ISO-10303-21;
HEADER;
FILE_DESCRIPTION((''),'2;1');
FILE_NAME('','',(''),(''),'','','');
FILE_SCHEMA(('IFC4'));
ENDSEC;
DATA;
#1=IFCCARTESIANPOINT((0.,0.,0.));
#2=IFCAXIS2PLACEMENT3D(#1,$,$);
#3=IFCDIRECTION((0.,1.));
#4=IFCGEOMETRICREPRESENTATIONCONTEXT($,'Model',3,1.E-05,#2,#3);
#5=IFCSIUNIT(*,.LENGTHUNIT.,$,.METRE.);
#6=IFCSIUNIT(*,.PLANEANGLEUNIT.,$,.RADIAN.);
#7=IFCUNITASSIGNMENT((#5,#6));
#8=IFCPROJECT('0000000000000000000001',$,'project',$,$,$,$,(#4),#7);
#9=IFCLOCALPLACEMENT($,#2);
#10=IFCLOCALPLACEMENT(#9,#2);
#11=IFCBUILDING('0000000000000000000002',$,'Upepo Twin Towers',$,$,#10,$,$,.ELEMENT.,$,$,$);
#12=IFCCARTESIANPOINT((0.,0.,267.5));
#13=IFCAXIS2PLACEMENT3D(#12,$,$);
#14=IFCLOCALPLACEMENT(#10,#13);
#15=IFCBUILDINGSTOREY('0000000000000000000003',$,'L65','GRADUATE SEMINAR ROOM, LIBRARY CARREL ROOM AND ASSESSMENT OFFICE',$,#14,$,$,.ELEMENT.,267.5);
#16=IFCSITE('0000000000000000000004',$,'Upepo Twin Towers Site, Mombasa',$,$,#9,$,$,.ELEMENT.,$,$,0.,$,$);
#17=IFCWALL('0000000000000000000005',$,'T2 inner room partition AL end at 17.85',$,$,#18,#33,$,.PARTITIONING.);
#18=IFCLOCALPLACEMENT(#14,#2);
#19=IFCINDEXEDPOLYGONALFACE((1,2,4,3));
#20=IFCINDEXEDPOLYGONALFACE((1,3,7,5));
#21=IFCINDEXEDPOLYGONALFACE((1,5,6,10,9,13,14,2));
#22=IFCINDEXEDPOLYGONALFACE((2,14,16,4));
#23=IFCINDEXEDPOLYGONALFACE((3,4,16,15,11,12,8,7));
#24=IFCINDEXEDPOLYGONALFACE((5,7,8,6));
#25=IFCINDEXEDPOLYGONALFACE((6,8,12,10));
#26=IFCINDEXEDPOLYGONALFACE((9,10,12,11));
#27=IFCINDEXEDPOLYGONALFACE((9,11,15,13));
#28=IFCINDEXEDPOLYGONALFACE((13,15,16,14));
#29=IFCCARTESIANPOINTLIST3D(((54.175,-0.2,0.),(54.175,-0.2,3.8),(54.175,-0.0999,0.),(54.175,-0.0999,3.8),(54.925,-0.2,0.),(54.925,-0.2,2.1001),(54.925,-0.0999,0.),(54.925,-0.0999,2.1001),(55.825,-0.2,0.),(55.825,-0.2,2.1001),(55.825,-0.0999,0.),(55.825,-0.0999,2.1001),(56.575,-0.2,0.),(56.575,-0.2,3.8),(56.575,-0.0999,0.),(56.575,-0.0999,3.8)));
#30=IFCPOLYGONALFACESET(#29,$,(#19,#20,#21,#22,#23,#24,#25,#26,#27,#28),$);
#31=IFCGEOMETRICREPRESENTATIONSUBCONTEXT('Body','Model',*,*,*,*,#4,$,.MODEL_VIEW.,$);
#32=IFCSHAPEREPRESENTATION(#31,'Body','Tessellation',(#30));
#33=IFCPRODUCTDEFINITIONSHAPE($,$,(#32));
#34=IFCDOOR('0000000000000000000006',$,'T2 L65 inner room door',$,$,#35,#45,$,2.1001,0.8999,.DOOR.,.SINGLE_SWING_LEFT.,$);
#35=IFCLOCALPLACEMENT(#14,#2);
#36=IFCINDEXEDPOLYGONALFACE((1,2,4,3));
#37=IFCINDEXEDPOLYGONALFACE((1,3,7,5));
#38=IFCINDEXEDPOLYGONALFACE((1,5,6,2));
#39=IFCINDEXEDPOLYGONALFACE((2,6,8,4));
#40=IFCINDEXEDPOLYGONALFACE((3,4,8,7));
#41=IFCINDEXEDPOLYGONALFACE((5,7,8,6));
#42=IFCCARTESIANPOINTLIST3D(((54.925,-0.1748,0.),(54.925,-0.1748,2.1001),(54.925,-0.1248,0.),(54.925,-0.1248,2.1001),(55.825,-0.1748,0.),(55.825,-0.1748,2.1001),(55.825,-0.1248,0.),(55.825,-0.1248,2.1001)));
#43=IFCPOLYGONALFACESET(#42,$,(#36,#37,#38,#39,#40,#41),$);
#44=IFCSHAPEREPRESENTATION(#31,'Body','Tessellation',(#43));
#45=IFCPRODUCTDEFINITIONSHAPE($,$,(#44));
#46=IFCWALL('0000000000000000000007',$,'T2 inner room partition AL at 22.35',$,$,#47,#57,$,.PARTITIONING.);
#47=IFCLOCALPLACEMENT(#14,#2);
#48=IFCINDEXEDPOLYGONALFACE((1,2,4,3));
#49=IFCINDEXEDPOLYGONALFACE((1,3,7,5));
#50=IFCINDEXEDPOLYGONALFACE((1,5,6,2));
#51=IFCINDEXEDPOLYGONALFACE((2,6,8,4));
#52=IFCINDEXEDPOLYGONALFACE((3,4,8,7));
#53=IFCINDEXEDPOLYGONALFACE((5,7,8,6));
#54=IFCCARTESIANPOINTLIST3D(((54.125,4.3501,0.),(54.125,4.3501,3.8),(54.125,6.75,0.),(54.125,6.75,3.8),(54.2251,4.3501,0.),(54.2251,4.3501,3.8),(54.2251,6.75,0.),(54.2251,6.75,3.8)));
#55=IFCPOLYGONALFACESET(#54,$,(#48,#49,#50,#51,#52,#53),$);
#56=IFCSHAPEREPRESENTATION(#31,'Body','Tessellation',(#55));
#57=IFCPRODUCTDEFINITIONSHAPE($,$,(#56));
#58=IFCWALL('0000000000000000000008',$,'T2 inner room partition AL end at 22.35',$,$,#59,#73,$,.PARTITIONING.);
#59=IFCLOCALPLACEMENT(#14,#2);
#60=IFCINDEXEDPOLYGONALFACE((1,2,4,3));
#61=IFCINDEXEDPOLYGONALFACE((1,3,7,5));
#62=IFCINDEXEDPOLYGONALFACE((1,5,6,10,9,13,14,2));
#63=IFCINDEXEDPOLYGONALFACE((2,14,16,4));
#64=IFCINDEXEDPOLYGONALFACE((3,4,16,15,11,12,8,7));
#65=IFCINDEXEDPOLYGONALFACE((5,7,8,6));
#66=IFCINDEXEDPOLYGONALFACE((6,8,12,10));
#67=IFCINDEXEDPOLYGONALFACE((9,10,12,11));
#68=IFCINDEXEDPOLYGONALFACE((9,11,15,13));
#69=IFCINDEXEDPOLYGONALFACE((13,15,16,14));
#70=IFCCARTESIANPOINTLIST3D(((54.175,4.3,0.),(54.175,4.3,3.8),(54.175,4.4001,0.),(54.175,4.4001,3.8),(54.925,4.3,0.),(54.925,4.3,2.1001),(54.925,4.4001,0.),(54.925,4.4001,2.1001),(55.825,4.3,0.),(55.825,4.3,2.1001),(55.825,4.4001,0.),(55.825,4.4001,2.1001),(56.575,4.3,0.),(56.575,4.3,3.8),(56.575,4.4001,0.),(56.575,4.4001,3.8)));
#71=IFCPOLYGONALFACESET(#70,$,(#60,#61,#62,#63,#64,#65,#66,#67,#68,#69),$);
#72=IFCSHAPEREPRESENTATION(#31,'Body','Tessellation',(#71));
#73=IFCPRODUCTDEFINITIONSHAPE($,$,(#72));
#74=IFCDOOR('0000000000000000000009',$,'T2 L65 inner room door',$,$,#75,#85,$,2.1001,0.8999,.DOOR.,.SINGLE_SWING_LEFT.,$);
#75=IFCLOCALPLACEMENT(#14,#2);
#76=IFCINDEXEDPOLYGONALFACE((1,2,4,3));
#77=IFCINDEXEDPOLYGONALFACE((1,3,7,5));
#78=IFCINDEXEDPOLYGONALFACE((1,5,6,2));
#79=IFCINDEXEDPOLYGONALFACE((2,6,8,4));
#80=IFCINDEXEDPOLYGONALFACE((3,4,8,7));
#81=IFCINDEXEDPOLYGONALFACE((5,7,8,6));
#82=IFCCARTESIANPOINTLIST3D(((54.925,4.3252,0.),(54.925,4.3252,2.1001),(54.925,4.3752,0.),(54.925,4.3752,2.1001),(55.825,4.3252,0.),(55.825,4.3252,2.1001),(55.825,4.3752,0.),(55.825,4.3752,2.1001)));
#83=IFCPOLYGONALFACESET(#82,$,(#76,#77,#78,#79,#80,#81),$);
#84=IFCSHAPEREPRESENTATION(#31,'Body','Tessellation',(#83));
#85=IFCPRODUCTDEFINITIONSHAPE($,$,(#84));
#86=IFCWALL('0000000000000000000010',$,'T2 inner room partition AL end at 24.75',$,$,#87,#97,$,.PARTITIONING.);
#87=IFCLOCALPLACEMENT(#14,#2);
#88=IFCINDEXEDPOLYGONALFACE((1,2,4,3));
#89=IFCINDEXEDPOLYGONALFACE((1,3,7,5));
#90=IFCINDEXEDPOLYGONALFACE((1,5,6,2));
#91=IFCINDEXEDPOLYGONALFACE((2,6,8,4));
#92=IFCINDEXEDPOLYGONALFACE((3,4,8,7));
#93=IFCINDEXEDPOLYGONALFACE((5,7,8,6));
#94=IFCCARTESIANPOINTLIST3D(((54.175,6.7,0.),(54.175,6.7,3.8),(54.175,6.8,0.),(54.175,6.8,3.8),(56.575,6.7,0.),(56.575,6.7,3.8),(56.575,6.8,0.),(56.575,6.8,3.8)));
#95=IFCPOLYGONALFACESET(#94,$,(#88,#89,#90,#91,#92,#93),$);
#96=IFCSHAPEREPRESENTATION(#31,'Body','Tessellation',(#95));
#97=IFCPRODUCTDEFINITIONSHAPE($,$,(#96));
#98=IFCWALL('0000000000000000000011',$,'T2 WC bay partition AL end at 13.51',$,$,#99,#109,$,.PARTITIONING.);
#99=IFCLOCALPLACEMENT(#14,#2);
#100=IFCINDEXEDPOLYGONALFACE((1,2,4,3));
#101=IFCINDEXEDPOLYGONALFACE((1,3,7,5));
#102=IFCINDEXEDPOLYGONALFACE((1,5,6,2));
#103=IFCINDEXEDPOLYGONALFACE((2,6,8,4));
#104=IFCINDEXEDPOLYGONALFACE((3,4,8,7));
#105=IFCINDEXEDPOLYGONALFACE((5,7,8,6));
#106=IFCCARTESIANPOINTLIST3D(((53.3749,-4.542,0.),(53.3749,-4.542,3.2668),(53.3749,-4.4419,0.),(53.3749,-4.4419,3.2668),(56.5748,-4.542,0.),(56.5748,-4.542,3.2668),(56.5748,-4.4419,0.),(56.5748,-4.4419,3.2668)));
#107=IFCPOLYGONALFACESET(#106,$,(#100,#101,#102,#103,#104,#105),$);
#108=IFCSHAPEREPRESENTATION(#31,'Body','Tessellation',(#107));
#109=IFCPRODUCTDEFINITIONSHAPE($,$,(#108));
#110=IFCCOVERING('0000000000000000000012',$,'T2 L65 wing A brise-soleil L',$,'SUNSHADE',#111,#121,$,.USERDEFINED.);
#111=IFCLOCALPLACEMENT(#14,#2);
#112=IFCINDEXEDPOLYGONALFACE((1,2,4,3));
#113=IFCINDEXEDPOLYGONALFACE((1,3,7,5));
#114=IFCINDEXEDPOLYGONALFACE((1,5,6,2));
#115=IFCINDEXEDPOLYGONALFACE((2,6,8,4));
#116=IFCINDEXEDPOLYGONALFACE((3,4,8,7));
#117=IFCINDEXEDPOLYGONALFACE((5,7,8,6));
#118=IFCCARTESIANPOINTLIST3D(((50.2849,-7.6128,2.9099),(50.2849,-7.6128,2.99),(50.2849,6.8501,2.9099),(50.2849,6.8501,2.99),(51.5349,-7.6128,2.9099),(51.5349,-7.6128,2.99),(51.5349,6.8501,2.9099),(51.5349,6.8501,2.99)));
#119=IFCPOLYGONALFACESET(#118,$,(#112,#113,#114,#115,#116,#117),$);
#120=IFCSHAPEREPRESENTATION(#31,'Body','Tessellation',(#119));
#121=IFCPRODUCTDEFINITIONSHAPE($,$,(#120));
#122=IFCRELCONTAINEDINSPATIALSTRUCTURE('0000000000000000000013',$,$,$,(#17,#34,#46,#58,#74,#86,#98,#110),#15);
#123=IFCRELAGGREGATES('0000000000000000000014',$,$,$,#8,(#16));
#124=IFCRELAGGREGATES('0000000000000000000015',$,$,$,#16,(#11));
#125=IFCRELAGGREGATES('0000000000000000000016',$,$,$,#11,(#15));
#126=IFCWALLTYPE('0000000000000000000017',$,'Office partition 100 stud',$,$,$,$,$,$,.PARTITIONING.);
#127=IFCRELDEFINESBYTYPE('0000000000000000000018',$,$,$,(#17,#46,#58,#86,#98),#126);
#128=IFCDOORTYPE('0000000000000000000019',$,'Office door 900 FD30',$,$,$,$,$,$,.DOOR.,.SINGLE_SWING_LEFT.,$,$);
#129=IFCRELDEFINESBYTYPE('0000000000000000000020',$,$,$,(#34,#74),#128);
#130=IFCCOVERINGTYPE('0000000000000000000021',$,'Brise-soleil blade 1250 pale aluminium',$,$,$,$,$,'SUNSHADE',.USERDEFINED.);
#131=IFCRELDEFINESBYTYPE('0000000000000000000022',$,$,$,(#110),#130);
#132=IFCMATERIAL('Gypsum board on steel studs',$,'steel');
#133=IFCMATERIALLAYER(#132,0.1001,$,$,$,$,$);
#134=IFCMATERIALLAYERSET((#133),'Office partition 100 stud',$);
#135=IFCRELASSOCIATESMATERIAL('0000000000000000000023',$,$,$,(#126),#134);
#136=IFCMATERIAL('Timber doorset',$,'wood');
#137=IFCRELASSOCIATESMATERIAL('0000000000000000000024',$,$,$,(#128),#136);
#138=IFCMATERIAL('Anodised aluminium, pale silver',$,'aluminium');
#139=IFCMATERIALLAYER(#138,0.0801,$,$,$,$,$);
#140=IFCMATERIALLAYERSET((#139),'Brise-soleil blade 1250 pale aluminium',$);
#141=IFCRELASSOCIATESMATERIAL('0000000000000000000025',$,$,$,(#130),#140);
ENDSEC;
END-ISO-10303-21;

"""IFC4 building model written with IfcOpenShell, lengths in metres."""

from ifc_helpers import new_model, si_unit, direction, frame, frame_2d, origin, origin_2d, place, context, subcontext, project, spatial, rectangle, extrude, material, layer, layer_set, type_object, element, fill, save


model = new_model("IFC4")

# Units and contexts
model_context = context("Model", 3, precision=1e-05, world=origin(), true_north=direction((0.0, 1.0)))
body_context = subcontext(model_context, "Body", "Model", "MODEL_VIEW")
ifc_project = project(units=[si_unit("LENGTHUNIT", "METRE"), si_unit("PLANEANGLEUNIT", "RADIAN")], contexts=[model_context])

# Site, building, storey
site_placement = place(None, origin())
site = spatial("IfcSite", under=ifc_project, at=site_placement, Name="Upepo Twin Towers Site, Mombasa", CompositionType="ELEMENT", RefElevation=0.0)
building_placement = place(site_placement, origin())
building = spatial("IfcBuilding", under=site, at=building_placement, Name="Upepo Twin Towers", CompositionType="ELEMENT")
storey_placement = place(building_placement, frame((0.0, 0.0, 267.5)))
storey = spatial("IfcBuildingStorey", under=building, at=storey_placement, Name="L65", Description="GRADUATE SEMINAR ROOM, LIBRARY CARREL ROOM AND ASSESSMENT OFFICE", CompositionType="ELEMENT", Elevation=267.5)

# Shared definitions
ifc_material_1 = material(Name="Gypsum board on steel studs", Category="steel")
ifc_layer_1 = layer(ifc_material_1, 0.1001)
ifc_layer_set_1 = layer_set([ifc_layer_1], Name="Office partition 100 stud")
wall_type_1 = type_object("IfcWallType", Name="Office partition 100 stud", PredefinedType="PARTITIONING", material=ifc_layer_set_1)

# Wall, opening, door
wall_1_placement = place(storey_placement, frame((56.575, -0.1499, 0.0), z_axis=(0.0, 0.0, 1.0), x_axis=(-1.0, 0.0, 0.0)))
wall_1 = element("IfcWall", 1, at=wall_1_placement, inside=storey, type_object=wall_type_1, Name="T2 inner room partition AL end at 17.85", PredefinedType="PARTITIONING", context=body_context, shape_type="SweptSolid", body=[
    extrude(rectangle(XDim=2.3999, YDim=0.1001, at=frame_2d((1.2, 0.0))), origin(), (0.0, 0.0, 1.0), 3.8),
])
opening_1_placement = place(wall_1_placement, frame((0.75, 0.0, 0.0)))
opening_1 = element("IfcOpeningElement", 2, at=opening_1_placement, cuts=wall_1, PredefinedType="OPENING", context=body_context, shape_type="SweptSolid", body=[
    extrude(rectangle(XDim=0.8999, YDim=2.1001, at=frame_2d((0.45, 1.05))), frame((0.0, 0.0601, 0.0), z_axis=(0.0, -1.0, 0.0), x_axis=(1.0, 0.0, 0.0)), (0.0, 0.0, 1.0), 0.1201),
])
ifc_material_2 = material(Name="Timber doorset", Category="wood")
door_type = type_object("IfcDoorType", Name="Office door 900 FD30", OperationType="SINGLE_SWING_LEFT", PredefinedType="DOOR", material=ifc_material_2)
door_1_placement = place(opening_1_placement, origin())
door_1 = element("IfcDoor", 3, at=door_1_placement, inside=storey, type_object=door_type, Name="T2 L65 inner room door", OperationType="SINGLE_SWING_LEFT", OverallHeight=2.1001, OverallWidth=0.8999, PredefinedType="DOOR", context=body_context, shape_type="SweptSolid", body=[
    extrude(rectangle(XDim=0.8999, YDim=2.1001, at=frame_2d((0.45, 1.05))), frame((0.0, 0.0249, 0.0), z_axis=(0.0, -1.0, 0.0), x_axis=(1.0, 0.0, 0.0)), (0.0, 0.0, 1.0), 0.05),
])
fill(opening_1, door_1)

# Wall
wall_2_placement = place(storey_placement, frame((54.175, 4.3501, 0.0), z_axis=(0.0, 0.0, 1.0), x_axis=(0.0, 1.0, 0.0)))
element("IfcWall", 4, at=wall_2_placement, inside=storey, type_object=wall_type_1, Name="T2 inner room partition AL at 22.35", PredefinedType="PARTITIONING", context=body_context, shape_type="SweptSolid", body=[
    extrude(rectangle(XDim=2.3999, YDim=0.1001, at=frame_2d((1.2, 0.0))), origin(), (0.0, 0.0, 1.0), 3.8),
])

# Wall, opening, door
wall_3_placement = place(storey_placement, frame((56.575, 4.3501, 0.0), z_axis=(0.0, 0.0, 1.0), x_axis=(-1.0, 0.0, 0.0)))
wall_3 = element("IfcWall", 5, at=wall_3_placement, inside=storey, type_object=wall_type_1, Name="T2 inner room partition AL end at 22.35", PredefinedType="PARTITIONING", context=body_context, shape_type="SweptSolid", body=[
    extrude(rectangle(XDim=2.3999, YDim=0.1001, at=frame_2d((1.2, 0.0))), origin(), (0.0, 0.0, 1.0), 3.8),
])
opening_2_placement = place(wall_3_placement, frame((0.75, 0.0, 0.0)))
opening_2 = element("IfcOpeningElement", 6, at=opening_2_placement, cuts=wall_3, PredefinedType="OPENING", context=body_context, shape_type="SweptSolid", body=[
    extrude(rectangle(XDim=0.8999, YDim=2.1001, at=frame_2d((0.45, 1.05))), frame((0.0, 0.0601, 0.0), z_axis=(0.0, -1.0, 0.0), x_axis=(1.0, 0.0, 0.0)), (0.0, 0.0, 1.0), 0.1201),
])
door_2_placement = place(opening_2_placement, origin())
door_2 = element("IfcDoor", 7, at=door_2_placement, inside=storey, type_object=door_type, Name="T2 L65 inner room door", OperationType="SINGLE_SWING_LEFT", OverallHeight=2.1001, OverallWidth=0.8999, PredefinedType="DOOR", context=body_context, shape_type="SweptSolid", body=[
    extrude(rectangle(XDim=0.8999, YDim=2.1001, at=frame_2d((0.45, 1.05))), frame((0.0, 0.0249, 0.0), z_axis=(0.0, -1.0, 0.0), x_axis=(1.0, 0.0, 0.0)), (0.0, 0.0, 1.0), 0.05),
])
fill(opening_2, door_2)

# Walls
wall_4_placement = place(storey_placement, frame((56.575, 6.75, 0.0), z_axis=(0.0, 0.0, 1.0), x_axis=(-1.0, 0.0, 0.0)))
element("IfcWall", 8, at=wall_4_placement, inside=storey, type_object=wall_type_1, Name="T2 inner room partition AL end at 24.75", PredefinedType="PARTITIONING", context=body_context, shape_type="SweptSolid", body=[
    extrude(rectangle(XDim=2.3999, YDim=0.1001, at=frame_2d((1.2, 0.0))), origin(), (0.0, 0.0, 1.0), 3.8),
])
wall_5_placement = place(storey_placement, frame((56.575, -4.4919, 0.0), z_axis=(0.0, 0.0, 1.0), x_axis=(-1.0, 0.0, 0.0)))
element("IfcWall", 9, at=wall_5_placement, inside=storey, type_object=wall_type_1, Name="T2 WC bay partition AL end at 13.51", PredefinedType="PARTITIONING", context=body_context, shape_type="SweptSolid", body=[
    extrude(rectangle(XDim=3.2, YDim=0.1001, at=frame_2d((1.6001, 0.0))), origin(), (0.0, 0.0, 1.0), 3.2668),
])

# Covering
ifc_material_3 = material(Name="Anodised aluminium, pale silver", Category="aluminium")
ifc_layer_2 = layer(ifc_material_3, 0.0801)
ifc_layer_set_2 = layer_set([ifc_layer_2], Name="Brise-soleil blade 1250 pale aluminium")
covering_type = type_object("IfcCoveringType", Name="Brise-soleil blade 1250 pale aluminium", ElementType="SUNSHADE", PredefinedType="USERDEFINED", material=ifc_layer_set_2)
covering_placement = place(storey_placement, frame((50.9099, -0.3813, 2.9099), z_axis=(0.0, 0.0, 1.0), x_axis=(0.0, 1.0, 0.0)))
element("IfcCovering", 10, at=covering_placement, inside=storey, type_object=covering_type, Name="T2 L65 wing A brise-soleil L", ObjectType="SUNSHADE", PredefinedType="USERDEFINED", context=body_context, shape_type="SweptSolid", body=[
    extrude(rectangle(XDim=14.4629, YDim=1.25, at=origin_2d()), origin(), (0.0, 0.0, 1.0), 0.0801),
])

save(model, "model.ifc")
